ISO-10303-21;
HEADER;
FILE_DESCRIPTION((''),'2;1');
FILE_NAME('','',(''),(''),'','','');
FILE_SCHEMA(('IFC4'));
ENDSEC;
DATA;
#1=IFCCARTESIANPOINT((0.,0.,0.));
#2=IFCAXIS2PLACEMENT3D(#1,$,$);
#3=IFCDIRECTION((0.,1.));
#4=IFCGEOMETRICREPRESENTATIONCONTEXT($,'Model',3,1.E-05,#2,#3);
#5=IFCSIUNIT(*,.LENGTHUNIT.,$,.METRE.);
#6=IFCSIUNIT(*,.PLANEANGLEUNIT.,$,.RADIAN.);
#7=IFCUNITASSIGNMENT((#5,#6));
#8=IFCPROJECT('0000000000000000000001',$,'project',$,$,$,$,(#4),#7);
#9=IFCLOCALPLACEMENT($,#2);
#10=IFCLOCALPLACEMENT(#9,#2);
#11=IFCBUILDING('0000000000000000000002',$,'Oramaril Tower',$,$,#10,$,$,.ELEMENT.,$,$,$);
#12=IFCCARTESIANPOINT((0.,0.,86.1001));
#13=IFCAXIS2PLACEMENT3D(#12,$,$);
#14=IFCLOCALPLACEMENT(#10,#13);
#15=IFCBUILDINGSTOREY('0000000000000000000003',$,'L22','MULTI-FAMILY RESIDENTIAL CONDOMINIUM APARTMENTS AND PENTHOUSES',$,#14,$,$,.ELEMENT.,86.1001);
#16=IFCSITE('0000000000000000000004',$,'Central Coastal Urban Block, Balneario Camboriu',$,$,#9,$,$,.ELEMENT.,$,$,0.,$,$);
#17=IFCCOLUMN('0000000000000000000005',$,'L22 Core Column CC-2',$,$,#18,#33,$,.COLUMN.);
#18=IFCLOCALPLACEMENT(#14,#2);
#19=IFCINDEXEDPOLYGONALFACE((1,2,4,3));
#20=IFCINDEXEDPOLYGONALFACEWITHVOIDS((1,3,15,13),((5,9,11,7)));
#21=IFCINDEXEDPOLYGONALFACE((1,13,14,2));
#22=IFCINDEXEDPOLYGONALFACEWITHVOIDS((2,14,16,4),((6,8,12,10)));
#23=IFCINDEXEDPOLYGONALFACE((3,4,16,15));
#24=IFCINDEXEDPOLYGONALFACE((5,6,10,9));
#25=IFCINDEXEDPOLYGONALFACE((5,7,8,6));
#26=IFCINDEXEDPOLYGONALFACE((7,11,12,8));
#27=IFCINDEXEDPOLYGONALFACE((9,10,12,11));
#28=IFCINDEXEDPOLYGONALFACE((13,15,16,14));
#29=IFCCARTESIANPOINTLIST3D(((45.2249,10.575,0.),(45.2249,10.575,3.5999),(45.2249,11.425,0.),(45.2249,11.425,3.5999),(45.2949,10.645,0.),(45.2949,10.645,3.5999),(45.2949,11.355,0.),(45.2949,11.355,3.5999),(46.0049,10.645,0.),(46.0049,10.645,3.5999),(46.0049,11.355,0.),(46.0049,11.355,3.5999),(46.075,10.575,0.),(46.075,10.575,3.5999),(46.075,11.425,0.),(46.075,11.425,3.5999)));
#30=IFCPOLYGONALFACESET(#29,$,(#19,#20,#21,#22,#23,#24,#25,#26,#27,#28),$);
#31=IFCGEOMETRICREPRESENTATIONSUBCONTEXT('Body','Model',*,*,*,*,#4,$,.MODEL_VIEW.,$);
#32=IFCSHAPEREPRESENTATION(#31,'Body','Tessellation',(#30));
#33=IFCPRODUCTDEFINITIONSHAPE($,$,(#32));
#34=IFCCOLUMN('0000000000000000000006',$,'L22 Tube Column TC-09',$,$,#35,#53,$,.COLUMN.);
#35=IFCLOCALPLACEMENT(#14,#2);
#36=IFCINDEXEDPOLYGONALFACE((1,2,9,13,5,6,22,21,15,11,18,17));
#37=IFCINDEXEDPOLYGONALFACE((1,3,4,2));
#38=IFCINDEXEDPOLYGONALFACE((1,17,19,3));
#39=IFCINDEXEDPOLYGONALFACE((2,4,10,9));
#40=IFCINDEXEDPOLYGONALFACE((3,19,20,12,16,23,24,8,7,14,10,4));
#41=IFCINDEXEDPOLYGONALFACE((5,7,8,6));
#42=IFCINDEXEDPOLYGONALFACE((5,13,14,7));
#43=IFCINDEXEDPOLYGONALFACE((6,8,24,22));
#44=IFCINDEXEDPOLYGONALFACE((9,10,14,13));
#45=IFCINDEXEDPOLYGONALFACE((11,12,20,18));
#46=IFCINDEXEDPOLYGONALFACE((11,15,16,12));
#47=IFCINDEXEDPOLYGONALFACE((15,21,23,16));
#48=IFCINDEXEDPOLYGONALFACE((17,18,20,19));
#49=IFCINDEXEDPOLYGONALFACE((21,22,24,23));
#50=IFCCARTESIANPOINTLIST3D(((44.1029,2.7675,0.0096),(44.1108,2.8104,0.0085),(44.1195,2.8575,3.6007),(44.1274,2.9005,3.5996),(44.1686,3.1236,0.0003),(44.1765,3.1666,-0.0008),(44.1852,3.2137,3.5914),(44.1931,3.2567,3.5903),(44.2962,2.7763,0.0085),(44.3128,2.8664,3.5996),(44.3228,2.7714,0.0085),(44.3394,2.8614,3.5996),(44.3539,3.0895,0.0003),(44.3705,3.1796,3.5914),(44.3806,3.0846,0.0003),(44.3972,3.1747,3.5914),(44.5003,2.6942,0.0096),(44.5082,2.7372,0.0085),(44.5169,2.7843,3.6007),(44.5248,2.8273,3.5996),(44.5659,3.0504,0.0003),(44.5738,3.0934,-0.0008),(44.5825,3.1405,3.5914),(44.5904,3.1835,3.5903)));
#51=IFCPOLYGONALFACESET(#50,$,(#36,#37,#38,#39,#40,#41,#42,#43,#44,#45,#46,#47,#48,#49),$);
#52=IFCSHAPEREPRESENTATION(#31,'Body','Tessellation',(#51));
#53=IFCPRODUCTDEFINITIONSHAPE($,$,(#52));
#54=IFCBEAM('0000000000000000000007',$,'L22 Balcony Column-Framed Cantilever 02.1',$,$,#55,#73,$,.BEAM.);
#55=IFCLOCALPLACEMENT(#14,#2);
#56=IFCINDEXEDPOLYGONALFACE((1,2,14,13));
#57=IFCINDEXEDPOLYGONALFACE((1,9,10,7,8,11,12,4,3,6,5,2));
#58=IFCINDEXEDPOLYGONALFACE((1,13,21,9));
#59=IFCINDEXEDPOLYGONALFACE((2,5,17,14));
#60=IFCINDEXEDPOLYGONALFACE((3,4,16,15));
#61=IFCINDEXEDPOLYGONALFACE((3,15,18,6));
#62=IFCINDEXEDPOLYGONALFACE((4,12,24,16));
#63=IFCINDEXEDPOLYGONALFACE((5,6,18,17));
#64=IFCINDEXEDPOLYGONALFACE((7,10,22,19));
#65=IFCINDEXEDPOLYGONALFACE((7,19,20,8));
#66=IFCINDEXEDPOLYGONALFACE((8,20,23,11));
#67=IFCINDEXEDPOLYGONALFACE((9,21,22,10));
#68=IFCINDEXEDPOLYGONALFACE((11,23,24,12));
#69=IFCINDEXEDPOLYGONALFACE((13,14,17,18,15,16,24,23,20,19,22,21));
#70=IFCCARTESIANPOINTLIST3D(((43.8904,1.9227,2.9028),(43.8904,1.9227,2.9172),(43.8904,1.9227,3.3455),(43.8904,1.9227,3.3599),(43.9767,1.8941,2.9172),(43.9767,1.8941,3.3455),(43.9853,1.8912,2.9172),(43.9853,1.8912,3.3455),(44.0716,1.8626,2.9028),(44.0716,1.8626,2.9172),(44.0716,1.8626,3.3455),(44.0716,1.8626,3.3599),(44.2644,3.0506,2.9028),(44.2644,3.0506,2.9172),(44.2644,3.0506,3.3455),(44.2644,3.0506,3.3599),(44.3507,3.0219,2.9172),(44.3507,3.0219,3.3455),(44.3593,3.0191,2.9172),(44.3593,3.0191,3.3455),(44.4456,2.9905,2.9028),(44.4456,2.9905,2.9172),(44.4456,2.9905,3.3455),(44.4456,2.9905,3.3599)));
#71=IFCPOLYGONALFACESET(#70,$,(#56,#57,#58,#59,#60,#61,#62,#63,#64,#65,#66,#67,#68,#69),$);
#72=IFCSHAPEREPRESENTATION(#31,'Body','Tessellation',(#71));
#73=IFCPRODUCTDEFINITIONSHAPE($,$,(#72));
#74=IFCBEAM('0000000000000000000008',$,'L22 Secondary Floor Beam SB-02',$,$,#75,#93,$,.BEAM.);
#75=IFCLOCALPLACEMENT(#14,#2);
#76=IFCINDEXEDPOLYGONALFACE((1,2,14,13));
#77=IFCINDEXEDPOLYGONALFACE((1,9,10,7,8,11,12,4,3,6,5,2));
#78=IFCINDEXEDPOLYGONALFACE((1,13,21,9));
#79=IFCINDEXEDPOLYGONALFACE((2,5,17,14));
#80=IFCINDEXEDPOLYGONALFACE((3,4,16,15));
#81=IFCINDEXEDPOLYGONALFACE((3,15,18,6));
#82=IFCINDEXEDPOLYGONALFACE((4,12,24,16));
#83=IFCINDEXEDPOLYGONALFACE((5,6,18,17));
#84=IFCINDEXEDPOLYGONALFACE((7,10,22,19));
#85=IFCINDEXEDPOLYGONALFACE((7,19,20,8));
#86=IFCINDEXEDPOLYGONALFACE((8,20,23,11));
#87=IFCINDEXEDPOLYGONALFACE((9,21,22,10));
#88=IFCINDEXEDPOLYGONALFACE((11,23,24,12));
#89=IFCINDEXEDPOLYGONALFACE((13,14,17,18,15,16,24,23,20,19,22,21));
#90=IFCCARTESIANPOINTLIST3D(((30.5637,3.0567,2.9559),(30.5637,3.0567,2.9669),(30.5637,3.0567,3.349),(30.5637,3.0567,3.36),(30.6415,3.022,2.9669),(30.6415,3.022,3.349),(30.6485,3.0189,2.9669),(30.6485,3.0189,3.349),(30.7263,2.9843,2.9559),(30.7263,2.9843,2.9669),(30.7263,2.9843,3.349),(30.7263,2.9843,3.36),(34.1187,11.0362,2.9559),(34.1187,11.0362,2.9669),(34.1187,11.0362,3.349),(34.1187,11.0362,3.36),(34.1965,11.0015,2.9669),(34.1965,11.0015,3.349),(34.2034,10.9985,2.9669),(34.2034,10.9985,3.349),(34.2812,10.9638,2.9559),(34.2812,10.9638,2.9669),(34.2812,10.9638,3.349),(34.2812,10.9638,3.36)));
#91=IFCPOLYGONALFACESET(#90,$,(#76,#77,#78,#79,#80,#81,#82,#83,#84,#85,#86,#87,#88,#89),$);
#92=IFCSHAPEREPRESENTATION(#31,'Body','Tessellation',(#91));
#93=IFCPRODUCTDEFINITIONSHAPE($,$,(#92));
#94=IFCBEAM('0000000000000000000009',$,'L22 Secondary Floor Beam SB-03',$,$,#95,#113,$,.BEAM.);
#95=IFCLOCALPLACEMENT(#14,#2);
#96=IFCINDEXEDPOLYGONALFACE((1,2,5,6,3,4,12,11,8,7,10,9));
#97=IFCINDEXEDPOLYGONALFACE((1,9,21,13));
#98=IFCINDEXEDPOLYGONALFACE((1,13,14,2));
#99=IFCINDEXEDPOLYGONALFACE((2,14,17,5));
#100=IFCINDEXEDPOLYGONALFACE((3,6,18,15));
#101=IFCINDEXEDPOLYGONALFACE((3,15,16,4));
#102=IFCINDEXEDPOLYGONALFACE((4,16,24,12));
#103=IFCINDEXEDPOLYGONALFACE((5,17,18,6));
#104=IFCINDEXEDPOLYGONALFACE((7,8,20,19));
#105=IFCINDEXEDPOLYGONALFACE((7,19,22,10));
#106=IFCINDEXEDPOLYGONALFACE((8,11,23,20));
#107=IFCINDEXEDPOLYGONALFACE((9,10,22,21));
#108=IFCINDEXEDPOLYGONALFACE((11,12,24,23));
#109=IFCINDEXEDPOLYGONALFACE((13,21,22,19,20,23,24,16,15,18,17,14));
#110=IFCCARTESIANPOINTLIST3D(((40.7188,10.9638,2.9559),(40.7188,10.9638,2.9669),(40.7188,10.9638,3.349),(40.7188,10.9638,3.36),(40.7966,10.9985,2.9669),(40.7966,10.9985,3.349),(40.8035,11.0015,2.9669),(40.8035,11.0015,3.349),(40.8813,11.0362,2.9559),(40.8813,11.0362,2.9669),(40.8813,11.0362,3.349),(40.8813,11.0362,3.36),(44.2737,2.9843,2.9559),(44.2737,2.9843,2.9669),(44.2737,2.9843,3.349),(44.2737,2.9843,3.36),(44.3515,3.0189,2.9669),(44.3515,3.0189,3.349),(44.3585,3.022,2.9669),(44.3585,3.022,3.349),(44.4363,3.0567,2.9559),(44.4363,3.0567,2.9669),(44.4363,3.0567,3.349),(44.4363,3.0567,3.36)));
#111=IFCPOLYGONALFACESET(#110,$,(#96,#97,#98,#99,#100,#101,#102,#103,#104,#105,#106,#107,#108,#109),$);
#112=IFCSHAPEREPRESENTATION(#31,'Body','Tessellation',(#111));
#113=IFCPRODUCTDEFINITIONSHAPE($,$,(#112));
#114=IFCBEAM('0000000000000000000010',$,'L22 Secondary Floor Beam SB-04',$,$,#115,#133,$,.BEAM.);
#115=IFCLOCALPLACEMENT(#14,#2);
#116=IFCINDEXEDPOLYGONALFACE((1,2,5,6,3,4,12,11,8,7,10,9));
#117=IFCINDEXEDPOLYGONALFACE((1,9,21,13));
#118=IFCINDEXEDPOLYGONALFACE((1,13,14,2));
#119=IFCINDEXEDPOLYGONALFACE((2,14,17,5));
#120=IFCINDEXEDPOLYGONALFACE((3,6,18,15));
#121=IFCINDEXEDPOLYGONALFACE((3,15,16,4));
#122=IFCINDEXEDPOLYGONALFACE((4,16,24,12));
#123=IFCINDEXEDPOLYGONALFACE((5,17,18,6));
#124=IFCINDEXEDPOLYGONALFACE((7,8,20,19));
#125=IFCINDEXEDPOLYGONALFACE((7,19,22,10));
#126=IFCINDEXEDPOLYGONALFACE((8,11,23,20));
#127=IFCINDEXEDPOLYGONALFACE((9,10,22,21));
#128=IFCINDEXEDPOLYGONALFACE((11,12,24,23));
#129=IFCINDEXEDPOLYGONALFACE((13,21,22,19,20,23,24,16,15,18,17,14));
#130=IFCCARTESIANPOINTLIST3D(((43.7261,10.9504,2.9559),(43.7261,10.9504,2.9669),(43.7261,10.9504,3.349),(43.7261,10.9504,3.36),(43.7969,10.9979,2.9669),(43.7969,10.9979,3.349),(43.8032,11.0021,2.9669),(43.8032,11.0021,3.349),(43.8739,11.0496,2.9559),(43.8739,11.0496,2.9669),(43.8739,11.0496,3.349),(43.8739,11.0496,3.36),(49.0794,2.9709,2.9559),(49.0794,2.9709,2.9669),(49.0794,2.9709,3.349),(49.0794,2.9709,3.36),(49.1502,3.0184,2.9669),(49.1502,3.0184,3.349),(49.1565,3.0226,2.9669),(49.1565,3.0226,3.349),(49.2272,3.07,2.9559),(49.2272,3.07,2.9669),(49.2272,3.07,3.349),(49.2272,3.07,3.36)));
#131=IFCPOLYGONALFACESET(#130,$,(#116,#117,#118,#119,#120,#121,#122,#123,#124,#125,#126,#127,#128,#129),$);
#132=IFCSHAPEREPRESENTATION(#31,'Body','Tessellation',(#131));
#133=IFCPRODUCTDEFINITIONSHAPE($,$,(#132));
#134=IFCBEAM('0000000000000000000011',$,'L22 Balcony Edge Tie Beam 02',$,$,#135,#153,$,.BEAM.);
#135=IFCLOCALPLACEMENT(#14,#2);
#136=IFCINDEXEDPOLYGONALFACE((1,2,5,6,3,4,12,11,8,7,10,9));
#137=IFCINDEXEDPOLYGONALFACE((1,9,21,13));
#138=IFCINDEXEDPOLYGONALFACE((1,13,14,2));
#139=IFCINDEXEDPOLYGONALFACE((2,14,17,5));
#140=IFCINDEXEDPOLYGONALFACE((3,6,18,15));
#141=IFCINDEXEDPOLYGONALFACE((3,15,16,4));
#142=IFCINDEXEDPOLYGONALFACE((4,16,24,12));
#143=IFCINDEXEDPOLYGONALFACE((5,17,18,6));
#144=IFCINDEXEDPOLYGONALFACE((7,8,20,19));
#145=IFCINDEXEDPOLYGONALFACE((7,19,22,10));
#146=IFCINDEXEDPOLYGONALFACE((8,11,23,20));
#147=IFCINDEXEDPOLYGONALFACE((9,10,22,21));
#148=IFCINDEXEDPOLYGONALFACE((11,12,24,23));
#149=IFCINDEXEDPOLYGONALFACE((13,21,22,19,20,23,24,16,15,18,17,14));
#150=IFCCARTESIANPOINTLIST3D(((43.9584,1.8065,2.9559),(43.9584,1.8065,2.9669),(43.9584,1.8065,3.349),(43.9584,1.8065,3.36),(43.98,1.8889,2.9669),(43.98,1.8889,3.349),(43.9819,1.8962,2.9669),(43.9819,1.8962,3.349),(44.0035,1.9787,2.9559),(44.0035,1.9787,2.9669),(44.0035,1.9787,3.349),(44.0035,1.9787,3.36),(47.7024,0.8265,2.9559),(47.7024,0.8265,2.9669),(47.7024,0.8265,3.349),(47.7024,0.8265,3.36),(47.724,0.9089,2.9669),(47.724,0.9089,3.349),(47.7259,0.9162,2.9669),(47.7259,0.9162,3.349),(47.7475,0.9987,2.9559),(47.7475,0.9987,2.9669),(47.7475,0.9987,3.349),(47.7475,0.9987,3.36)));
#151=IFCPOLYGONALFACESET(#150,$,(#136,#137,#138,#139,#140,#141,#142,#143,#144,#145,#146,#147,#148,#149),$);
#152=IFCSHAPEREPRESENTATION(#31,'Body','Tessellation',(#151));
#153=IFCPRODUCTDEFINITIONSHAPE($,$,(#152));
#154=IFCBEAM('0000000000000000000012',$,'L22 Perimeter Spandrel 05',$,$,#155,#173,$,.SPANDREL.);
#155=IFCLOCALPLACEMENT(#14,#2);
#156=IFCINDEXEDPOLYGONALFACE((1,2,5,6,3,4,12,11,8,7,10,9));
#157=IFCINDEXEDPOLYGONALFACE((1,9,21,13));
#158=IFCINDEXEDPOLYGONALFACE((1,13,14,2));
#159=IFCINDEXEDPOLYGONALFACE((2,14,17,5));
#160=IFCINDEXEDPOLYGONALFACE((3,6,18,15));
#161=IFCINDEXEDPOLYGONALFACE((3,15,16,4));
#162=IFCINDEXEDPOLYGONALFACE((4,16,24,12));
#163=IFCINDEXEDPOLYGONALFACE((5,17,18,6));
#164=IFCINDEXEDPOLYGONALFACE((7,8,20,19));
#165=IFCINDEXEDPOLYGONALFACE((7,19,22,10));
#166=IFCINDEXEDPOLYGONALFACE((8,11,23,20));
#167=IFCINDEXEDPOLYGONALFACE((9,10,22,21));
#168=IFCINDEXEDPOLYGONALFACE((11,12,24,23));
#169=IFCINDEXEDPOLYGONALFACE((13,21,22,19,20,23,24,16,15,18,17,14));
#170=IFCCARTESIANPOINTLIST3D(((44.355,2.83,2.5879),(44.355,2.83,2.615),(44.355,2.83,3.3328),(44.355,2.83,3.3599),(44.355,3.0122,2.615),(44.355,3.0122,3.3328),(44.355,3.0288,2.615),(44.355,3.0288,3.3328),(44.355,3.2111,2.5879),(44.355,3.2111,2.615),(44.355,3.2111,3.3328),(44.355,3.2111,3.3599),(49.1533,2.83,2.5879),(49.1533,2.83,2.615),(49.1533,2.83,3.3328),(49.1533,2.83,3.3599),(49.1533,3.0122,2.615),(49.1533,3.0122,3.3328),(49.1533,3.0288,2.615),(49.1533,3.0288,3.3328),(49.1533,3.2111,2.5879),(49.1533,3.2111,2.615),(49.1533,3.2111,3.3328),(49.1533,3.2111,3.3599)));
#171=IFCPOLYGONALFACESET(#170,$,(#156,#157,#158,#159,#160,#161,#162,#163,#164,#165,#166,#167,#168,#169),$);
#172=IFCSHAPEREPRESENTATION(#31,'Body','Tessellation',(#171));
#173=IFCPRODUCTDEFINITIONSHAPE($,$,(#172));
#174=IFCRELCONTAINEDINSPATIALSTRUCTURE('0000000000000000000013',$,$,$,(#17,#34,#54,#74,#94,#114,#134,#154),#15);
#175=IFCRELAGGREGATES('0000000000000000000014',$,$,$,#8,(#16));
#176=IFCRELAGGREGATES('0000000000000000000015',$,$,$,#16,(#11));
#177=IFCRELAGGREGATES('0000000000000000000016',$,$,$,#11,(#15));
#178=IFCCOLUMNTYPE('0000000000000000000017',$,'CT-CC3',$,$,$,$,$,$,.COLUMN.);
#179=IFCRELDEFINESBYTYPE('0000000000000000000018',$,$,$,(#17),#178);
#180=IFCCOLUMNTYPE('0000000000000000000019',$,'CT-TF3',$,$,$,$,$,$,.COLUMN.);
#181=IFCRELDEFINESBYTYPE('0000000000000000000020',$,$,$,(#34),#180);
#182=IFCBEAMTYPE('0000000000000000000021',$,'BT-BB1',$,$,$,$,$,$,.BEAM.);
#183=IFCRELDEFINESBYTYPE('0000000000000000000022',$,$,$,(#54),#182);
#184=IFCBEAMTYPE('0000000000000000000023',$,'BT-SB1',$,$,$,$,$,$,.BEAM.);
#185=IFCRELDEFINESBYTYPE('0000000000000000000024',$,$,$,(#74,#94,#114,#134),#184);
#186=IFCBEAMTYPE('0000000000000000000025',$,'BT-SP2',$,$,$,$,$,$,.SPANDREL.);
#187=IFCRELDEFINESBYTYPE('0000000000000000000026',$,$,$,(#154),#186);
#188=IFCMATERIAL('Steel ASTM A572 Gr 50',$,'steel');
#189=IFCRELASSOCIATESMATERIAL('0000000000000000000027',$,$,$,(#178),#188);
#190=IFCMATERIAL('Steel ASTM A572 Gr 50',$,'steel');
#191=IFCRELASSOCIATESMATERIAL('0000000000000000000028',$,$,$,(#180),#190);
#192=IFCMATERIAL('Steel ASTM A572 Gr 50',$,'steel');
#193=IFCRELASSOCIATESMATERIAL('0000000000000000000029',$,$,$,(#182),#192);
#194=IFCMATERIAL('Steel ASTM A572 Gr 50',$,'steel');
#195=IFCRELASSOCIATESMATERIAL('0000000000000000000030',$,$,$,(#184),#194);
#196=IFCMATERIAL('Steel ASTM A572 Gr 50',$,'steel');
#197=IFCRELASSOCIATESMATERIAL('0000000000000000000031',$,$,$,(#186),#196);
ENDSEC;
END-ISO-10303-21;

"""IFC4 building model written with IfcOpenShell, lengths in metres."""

from ifc_helpers import new_model, si_unit, direction, frame, origin, origin_2d, place, context, subcontext, project, spatial, hollow_rectangle, i_section, extrude, material, material_profile, profile_set, type_object, element, save


model = new_model("IFC4")

# Units and contexts
model_context = context("Model", 3, precision=1e-05, world=origin(), true_north=direction((0.0, 1.0)))
body_context = subcontext(model_context, "Body", "Model", "MODEL_VIEW")
ifc_project = project(units=[si_unit("LENGTHUNIT", "METRE"), si_unit("PLANEANGLEUNIT", "RADIAN")], contexts=[model_context])

# Site, building, storey
site_placement = place(None, origin())
site = spatial("IfcSite", under=ifc_project, at=site_placement, Name="Central Coastal Urban Block, Balneario Camboriu", CompositionType="ELEMENT", RefElevation=0.0)
building_placement = place(site_placement, origin())
building = spatial("IfcBuilding", under=site, at=building_placement, Name="Oramaril Tower", CompositionType="ELEMENT")
storey_placement = place(building_placement, frame((0.0, 0.0, 86.1001)))
storey = spatial("IfcBuildingStorey", under=building, at=storey_placement, Name="L22", Description="MULTI-FAMILY RESIDENTIAL CONDOMINIUM APARTMENTS AND PENTHOUSES", CompositionType="ELEMENT", Elevation=86.1001)

# Columns
ifc_material_1 = material(Name="Steel ASTM A572 Gr 50", Category="steel")
ifc_material_profile_1 = material_profile(ifc_material_1, hollow_rectangle(XDim=0.8501, YDim=0.8501, WallThickness=0.0701, at=origin_2d()), Name="BOX850X850X70")
ifc_profile_set_1 = profile_set([ifc_material_profile_1], Name="Steel ASTM A572 Gr 50")
column_type_1 = type_object("IfcColumnType", Name="CT-CC3", PredefinedType="COLUMN", material=ifc_profile_set_1)
column_1_placement = place(storey_placement, frame((45.6499, 11.0, 0.0), z_axis=(0.0, 0.0, 1.0), x_axis=(1.0, 0.0, 0.0)))
element("IfcColumn", 1, at=column_1_placement, inside=storey, type_object=column_type_1, Name="L22 Core Column CC-2", PredefinedType="COLUMN", context=body_context, shape_type="SweptSolid", body=[
    extrude(hollow_rectangle(XDim=0.8501, YDim=0.8501, WallThickness=0.0701, at=origin_2d()), origin(), (0.0, 0.0, 1.0), 3.5999),
])
ifc_material_2 = material(Name="Steel ASTM A572 Gr 50", Category="steel")
ifc_material_profile_2 = material_profile(ifc_material_2, i_section(OverallWidth=0.4041, OverallDepth=0.406, WebThickness=0.0271, FlangeThickness=0.0437, at=origin_2d()), Name="W14X233")
ifc_profile_set_2 = profile_set([ifc_material_profile_2], Name="Steel ASTM A572 Gr 50")
column_type_2 = type_object("IfcColumnType", Name="CT-TF3", PredefinedType="COLUMN", material=ifc_profile_set_2)
column_2_placement = place(storey_placement, frame((44.3384, 2.9304, 0.0044), z_axis=(0.004622, 0.025079, 0.999675), x_axis=(-0.983441, 0.18123, 0.0)))
element("IfcColumn", 2, at=column_2_placement, inside=storey, type_object=column_type_2, Name="L22 Tube Column TC-09", PredefinedType="COLUMN", context=body_context, shape_type="SweptSolid", body=[
    extrude(i_section(OverallWidth=0.4041, OverallDepth=0.406, WebThickness=0.0271, FlangeThickness=0.0437, at=origin_2d()), origin(), (0.0, 0.0, 1.0), 3.5923),
])

# Beams
ifc_material_3 = material(Name="Steel ASTM A572 Gr 50", Category="steel")
ifc_material_profile_3 = material_profile(ifc_material_3, i_section(OverallWidth=0.1909, OverallDepth=0.457, WebThickness=0.009, FlangeThickness=0.0144, at=origin_2d()), Name="W18X50")
ifc_profile_set_3 = profile_set([ifc_material_profile_3], Name="Steel ASTM A572 Gr 50")
beam_type_1 = type_object("IfcBeamType", Name="BT-BB1", PredefinedType="BEAM", material=ifc_profile_set_3)
beam_1_placement = place(storey_placement, frame((44.355, 3.0205, 3.1313), z_axis=(-0.314748, -0.949175, 0.0), x_axis=(0.949175, -0.314748, 0.0)))
element("IfcBeam", 3, at=beam_1_placement, inside=storey, type_object=beam_type_1, Name="L22 Balcony Column-Framed Cantilever 02.1", PredefinedType="BEAM", context=body_context, shape_type="SweptSolid", body=[
    extrude(i_section(OverallWidth=0.1909, OverallDepth=0.457, WebThickness=0.009, FlangeThickness=0.0144, at=origin_2d()), origin(), (0.0, 0.0, 1.0), 1.1882),
])
ifc_material_4 = material(Name="Steel ASTM A572 Gr 50", Category="steel")
ifc_material_profile_4 = material_profile(ifc_material_4, i_section(OverallWidth=0.178, OverallDepth=0.4041, WebThickness=0.0076, FlangeThickness=0.011, at=origin_2d()), Name="W16X36")
ifc_profile_set_4 = profile_set([ifc_material_profile_4], Name="Steel ASTM A572 Gr 50")
beam_type_2 = type_object("IfcBeamType", Name="BT-SB1", PredefinedType="BEAM", material=ifc_profile_set_4)
for number, where, z_axis, x_axis, name in (
    (4, (34.2, 11.0, 3.158), (-0.40695, -0.91345, 0.0), (0.91345, -0.40695, 0.0), "L22 Secondary Floor Beam SB-02"),
    (5, (40.8, 11.0, 3.158), (0.40695, -0.91345, 0.0), (0.91345, 0.40695, 0.0), "L22 Secondary Floor Beam SB-03"),
):
    element("IfcBeam", number, at=place(storey_placement, frame(where, z_axis=z_axis, x_axis=x_axis)), inside=storey, type_object=beam_type_2, Name=name, PredefinedType="BEAM", context=body_context, shape_type="SweptSolid", body=[
        extrude(i_section(OverallWidth=0.178, OverallDepth=0.4041, WebThickness=0.0076, FlangeThickness=0.011, at=origin_2d()), origin(), (0.0, 0.0, 1.0), 8.7356),
    ])
beam_2_placement = place(storey_placement, frame((43.8, 11.0, 3.158), z_axis=(0.557119, -0.830432, 0.0), x_axis=(0.830432, 0.557119, 0.0)))
element("IfcBeam", 6, at=beam_2_placement, inside=storey, type_object=beam_type_2, Name="L22 Secondary Floor Beam SB-04", PredefinedType="BEAM", context=body_context, shape_type="SweptSolid", body=[
    extrude(i_section(OverallWidth=0.178, OverallDepth=0.4041, WebThickness=0.0076, FlangeThickness=0.011, at=origin_2d()), origin(), (0.0, 0.0, 1.0), 9.6089),
])
beam_3_placement = place(storey_placement, frame((43.981, 1.8926, 3.158), z_axis=(0.967408, -0.253223, 0.0), x_axis=(0.253223, 0.967408, 0.0)))
element("IfcBeam", 7, at=beam_3_placement, inside=storey, type_object=beam_type_2, Name="L22 Balcony Edge Tie Beam 02", PredefinedType="BEAM", context=body_context, shape_type="SweptSolid", body=[
    extrude(i_section(OverallWidth=0.178, OverallDepth=0.4041, WebThickness=0.0076, FlangeThickness=0.011, at=origin_2d()), origin(), (0.0, 0.0, 1.0), 3.8701),
])
ifc_material_5 = material(Name="Steel ASTM A572 Gr 50", Category="steel")
ifc_material_profile_5 = material_profile(ifc_material_5, i_section(OverallWidth=0.3811, OverallDepth=0.772, WebThickness=0.0166, FlangeThickness=0.0271, at=origin_2d()), Name="W30X173")
ifc_profile_set_5 = profile_set([ifc_material_profile_5], Name="Steel ASTM A572 Gr 50")
beam_type_3 = type_object("IfcBeamType", Name="BT-SP2", PredefinedType="SPANDREL", material=ifc_profile_set_5)
beam_4_placement = place(storey_placement, frame((44.355, 3.0205, 2.9739), z_axis=(1.0, 0.0, 0.0), x_axis=(0.0, 1.0, 0.0)))
element("IfcBeam", 8, at=beam_4_placement, inside=storey, type_object=beam_type_3, Name="L22 Perimeter Spandrel 05", PredefinedType="SPANDREL", context=body_context, shape_type="SweptSolid", body=[
    extrude(i_section(OverallWidth=0.3811, OverallDepth=0.772, WebThickness=0.0166, FlangeThickness=0.0271, at=origin_2d()), origin(), (0.0, 0.0, 1.0), 4.7983),
])

save(model, "model.ifc")
